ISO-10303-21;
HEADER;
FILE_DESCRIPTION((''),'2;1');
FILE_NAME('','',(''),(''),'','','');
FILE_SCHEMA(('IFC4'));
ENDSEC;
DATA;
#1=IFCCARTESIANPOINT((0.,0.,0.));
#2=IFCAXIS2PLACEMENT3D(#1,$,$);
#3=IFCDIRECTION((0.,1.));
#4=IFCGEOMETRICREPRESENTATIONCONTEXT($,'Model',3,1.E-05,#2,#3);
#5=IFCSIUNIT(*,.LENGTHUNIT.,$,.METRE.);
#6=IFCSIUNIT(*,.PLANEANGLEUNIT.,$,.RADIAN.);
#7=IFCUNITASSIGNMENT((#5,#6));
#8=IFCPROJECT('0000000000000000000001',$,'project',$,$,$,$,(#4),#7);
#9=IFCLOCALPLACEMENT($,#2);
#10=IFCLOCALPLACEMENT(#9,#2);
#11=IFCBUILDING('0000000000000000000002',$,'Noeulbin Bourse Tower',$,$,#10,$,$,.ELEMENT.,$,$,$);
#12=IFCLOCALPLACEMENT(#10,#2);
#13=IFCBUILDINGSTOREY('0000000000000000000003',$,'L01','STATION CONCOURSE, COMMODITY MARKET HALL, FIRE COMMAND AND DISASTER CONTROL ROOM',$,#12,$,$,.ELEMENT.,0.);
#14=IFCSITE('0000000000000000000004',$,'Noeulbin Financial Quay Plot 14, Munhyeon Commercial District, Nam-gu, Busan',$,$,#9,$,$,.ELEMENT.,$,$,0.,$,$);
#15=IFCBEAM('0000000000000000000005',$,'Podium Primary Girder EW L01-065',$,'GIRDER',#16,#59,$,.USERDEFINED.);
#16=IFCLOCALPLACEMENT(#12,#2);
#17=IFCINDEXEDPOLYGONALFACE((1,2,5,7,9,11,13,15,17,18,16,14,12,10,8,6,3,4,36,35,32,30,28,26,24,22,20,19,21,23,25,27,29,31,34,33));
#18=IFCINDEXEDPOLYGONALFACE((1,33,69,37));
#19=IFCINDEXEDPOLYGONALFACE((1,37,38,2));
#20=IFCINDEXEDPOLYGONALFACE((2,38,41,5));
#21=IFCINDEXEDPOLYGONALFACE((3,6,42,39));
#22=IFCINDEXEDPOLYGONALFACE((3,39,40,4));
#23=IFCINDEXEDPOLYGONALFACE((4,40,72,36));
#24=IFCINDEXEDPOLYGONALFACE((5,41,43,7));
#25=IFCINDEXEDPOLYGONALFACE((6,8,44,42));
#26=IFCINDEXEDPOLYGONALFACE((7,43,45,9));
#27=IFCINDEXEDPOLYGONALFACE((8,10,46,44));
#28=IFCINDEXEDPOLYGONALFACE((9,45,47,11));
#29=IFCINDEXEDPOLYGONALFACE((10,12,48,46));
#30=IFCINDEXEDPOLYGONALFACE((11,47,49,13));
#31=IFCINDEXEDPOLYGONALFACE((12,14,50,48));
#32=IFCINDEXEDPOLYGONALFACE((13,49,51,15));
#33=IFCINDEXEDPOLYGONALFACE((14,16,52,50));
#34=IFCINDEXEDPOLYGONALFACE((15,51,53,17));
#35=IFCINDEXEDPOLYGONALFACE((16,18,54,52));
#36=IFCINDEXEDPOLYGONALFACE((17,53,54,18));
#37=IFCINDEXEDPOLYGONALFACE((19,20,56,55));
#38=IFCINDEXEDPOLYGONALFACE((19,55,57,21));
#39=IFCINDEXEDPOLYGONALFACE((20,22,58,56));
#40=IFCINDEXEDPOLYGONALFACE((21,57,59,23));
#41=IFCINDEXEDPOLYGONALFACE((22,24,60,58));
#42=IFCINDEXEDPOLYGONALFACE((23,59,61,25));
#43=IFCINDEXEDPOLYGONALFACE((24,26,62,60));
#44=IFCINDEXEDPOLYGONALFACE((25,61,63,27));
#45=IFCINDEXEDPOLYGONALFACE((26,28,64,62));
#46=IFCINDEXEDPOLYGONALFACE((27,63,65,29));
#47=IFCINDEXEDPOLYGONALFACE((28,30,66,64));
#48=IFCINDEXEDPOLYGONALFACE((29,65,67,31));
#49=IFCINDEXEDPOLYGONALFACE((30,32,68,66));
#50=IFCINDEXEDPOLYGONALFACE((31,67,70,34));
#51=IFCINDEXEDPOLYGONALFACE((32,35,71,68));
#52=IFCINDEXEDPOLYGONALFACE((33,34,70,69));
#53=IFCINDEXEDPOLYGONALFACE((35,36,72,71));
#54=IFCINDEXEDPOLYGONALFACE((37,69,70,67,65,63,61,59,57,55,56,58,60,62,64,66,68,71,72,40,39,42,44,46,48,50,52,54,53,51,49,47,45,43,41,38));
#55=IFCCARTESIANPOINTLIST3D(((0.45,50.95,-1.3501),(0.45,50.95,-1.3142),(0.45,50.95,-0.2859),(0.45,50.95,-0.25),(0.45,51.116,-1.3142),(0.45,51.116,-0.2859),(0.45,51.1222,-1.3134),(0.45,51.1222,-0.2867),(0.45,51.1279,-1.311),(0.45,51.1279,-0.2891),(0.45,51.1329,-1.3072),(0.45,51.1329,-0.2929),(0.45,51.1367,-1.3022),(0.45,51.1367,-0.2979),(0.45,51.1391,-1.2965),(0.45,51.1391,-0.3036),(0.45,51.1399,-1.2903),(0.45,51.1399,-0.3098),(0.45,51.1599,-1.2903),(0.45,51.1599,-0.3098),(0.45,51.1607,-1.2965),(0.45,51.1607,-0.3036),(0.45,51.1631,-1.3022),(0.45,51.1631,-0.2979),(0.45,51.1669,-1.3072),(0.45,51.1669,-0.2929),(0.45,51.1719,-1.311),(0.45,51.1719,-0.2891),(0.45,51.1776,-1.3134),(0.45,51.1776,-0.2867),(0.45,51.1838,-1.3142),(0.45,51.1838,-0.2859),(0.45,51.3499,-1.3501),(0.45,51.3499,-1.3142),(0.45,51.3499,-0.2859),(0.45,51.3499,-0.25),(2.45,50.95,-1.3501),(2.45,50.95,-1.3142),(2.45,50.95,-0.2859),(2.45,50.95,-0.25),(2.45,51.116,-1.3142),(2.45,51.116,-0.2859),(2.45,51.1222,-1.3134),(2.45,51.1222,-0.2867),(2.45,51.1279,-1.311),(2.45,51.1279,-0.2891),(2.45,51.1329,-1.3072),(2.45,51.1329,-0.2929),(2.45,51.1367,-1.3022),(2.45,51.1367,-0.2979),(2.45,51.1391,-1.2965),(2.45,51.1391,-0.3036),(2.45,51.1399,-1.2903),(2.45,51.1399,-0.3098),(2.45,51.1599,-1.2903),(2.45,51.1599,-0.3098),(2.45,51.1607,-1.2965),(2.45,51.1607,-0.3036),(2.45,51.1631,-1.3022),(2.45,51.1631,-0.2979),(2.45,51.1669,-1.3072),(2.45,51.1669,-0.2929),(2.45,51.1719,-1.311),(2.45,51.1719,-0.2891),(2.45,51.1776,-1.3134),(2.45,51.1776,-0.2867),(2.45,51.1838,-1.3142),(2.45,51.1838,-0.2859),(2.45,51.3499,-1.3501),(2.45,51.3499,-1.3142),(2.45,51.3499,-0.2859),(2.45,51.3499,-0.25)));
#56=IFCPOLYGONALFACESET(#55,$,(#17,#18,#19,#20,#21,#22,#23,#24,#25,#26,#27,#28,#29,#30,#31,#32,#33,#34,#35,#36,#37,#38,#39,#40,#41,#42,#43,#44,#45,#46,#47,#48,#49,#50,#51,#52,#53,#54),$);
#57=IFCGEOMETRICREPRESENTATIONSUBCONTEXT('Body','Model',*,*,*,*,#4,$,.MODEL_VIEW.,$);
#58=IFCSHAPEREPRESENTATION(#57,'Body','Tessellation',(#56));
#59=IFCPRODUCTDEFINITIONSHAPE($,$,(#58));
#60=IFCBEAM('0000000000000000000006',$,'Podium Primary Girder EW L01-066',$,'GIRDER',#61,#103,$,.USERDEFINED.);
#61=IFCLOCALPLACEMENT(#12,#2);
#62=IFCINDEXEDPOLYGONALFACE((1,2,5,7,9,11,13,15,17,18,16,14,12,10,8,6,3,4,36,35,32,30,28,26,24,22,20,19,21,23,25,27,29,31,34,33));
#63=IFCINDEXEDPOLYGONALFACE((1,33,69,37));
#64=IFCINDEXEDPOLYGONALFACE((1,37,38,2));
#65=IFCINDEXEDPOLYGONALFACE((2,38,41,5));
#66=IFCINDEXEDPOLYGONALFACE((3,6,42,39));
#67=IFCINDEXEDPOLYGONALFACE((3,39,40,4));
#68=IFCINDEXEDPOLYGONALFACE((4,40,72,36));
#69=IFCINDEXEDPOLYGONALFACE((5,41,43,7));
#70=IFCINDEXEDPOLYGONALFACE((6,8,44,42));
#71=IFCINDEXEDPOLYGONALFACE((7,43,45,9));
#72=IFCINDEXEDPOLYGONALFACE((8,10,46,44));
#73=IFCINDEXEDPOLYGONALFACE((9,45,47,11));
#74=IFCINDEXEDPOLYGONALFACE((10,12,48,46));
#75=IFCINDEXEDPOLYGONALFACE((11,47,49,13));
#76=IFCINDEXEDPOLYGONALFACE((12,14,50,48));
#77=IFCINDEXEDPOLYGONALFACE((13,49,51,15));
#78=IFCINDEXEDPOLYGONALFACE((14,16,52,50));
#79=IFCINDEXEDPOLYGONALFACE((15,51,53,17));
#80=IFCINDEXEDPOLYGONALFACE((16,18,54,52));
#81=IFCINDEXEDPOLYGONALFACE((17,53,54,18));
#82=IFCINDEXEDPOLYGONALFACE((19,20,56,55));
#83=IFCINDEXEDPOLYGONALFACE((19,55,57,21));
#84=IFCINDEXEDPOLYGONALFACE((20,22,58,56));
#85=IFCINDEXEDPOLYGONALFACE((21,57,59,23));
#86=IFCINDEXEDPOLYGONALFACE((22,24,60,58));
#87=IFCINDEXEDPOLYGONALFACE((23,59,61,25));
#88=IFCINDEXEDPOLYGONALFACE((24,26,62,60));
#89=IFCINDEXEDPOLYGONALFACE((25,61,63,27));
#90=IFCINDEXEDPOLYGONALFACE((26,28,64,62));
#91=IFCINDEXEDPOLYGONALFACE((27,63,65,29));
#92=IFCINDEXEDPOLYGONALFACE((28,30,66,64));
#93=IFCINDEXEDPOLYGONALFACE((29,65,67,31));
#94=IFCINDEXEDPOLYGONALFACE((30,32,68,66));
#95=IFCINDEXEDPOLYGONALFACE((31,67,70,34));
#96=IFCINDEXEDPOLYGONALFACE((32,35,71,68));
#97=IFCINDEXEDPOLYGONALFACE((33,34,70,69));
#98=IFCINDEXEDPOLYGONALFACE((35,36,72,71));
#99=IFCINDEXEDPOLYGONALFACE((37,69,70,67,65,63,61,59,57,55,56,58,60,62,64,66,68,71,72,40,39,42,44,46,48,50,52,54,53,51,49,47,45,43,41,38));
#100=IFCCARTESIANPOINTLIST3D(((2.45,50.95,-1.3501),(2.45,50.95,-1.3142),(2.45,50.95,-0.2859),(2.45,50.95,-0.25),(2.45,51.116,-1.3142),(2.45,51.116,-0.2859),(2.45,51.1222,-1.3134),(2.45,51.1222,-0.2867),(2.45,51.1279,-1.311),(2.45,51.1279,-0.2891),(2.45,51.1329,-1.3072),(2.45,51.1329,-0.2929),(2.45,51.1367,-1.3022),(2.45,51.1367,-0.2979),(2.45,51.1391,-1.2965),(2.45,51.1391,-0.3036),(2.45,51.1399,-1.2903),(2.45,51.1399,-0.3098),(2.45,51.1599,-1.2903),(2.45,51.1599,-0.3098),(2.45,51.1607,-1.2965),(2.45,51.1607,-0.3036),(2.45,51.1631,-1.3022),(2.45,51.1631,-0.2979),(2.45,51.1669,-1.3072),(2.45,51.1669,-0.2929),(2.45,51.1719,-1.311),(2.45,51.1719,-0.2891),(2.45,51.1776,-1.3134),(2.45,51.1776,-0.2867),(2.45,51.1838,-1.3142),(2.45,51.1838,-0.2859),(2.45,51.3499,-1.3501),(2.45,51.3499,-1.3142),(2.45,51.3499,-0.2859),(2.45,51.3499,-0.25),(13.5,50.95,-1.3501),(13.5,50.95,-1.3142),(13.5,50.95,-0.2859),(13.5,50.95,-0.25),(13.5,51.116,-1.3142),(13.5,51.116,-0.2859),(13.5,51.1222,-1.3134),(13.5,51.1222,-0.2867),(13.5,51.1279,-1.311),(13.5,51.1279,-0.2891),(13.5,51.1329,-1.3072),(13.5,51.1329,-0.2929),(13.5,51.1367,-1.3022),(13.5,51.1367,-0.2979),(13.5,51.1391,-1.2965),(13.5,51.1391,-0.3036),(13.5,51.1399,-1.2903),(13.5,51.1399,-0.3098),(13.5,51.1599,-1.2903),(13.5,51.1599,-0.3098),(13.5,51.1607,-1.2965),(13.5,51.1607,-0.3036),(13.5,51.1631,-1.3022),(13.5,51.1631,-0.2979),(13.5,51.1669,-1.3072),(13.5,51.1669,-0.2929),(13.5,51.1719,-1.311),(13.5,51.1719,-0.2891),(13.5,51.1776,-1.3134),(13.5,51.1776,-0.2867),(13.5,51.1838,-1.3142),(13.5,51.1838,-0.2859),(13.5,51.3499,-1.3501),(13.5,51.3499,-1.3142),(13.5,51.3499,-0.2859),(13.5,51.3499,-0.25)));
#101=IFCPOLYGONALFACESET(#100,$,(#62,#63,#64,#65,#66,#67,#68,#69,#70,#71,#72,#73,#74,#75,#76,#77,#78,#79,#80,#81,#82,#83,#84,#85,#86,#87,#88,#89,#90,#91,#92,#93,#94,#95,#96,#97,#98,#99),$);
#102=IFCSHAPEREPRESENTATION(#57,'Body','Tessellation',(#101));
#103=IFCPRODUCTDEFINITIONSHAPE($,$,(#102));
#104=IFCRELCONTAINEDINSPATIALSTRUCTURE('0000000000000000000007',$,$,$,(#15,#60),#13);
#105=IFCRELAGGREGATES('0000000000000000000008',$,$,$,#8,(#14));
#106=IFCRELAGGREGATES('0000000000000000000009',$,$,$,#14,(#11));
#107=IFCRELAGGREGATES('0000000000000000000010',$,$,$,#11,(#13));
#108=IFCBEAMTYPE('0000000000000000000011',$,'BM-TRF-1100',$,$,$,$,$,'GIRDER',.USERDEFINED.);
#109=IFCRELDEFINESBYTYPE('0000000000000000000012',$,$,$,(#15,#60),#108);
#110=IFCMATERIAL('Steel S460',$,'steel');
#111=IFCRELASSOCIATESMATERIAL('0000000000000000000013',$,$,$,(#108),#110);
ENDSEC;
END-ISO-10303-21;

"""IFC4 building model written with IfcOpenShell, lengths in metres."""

from ifc_helpers import new_model, si_unit, direction, frame, origin, origin_2d, place, context, subcontext, project, spatial, i_section, extrude, material, material_profile, profile_set, type_object, element, save


model = new_model("IFC4")

# Units and contexts
model_context = context("Model", 3, precision=1e-05, world=origin(), true_north=direction((0.0, 1.0)))
body_context = subcontext(model_context, "Body", "Model", "MODEL_VIEW")
ifc_project = project(units=[si_unit("LENGTHUNIT", "METRE"), si_unit("PLANEANGLEUNIT", "RADIAN")], contexts=[model_context])

# Site, building, storey
site_placement = place(None, origin())
site = spatial("IfcSite", under=ifc_project, at=site_placement, Name="Noeulbin Financial Quay Plot 14, Munhyeon Commercial District, Nam-gu, Busan", CompositionType="ELEMENT", RefElevation=0.0)
building_placement = place(site_placement, origin())
building = spatial("IfcBuilding", under=site, at=building_placement, Name="Noeulbin Bourse Tower", CompositionType="ELEMENT")
storey_placement = place(building_placement, origin())
storey = spatial("IfcBuildingStorey", under=building, at=storey_placement, Name="L01", Description="STATION CONCOURSE, COMMODITY MARKET HALL, FIRE COMMAND AND DISASTER CONTROL ROOM", CompositionType="ELEMENT", Elevation=0.0)

# Beams
ifc_material_1 = material(Name="Steel S460", Category="steel")
ifc_material_profile_1 = material_profile(ifc_material_1, i_section(OverallWidth=0.3999, OverallDepth=1.1001, WebThickness=0.02, FlangeThickness=0.0359, FilletRadius=0.0239, at=origin_2d()), Name="PG-1100x400x20x36", Category="LoadBearing")
ifc_profile_set_1 = profile_set([ifc_material_profile_1], Name="Steel S460")
beam_type_1 = type_object("IfcBeamType", Name="BM-TRF-1100", ElementType="GIRDER", PredefinedType="USERDEFINED", material=ifc_profile_set_1)
beam_1_placement = place(storey_placement, frame((0.45, 51.1499, -0.8), z_axis=(1.0, 0.0, 0.0), x_axis=(0.0, 1.0, 0.0)))
element("IfcBeam", 1, at=beam_1_placement, inside=storey, type_object=beam_type_1, Name="Podium Primary Girder EW L01-065", ObjectType="GIRDER", PredefinedType="USERDEFINED", context=body_context, shape_type="SweptSolid", body=[
    extrude(i_section(OverallWidth=0.3999, OverallDepth=1.1001, WebThickness=0.02, FlangeThickness=0.0359, FilletRadius=0.0239, at=origin_2d()), origin(), (0.0, 0.0, 1.0), 2.0),
])
beam_2_placement = place(storey_placement, frame((2.45, 51.1499, -0.8), z_axis=(1.0, 0.0, 0.0), x_axis=(0.0, 1.0, 0.0)))
element("IfcBeam", 2, at=beam_2_placement, inside=storey, type_object=beam_type_1, Name="Podium Primary Girder EW L01-066", ObjectType="GIRDER", PredefinedType="USERDEFINED", context=body_context, shape_type="SweptSolid", body=[
    extrude(i_section(OverallWidth=0.3999, OverallDepth=1.1001, WebThickness=0.02, FlangeThickness=0.0359, FilletRadius=0.0239, at=origin_2d()), origin(), (0.0, 0.0, 1.0), 11.05),
])

save(model, "model.ifc")
